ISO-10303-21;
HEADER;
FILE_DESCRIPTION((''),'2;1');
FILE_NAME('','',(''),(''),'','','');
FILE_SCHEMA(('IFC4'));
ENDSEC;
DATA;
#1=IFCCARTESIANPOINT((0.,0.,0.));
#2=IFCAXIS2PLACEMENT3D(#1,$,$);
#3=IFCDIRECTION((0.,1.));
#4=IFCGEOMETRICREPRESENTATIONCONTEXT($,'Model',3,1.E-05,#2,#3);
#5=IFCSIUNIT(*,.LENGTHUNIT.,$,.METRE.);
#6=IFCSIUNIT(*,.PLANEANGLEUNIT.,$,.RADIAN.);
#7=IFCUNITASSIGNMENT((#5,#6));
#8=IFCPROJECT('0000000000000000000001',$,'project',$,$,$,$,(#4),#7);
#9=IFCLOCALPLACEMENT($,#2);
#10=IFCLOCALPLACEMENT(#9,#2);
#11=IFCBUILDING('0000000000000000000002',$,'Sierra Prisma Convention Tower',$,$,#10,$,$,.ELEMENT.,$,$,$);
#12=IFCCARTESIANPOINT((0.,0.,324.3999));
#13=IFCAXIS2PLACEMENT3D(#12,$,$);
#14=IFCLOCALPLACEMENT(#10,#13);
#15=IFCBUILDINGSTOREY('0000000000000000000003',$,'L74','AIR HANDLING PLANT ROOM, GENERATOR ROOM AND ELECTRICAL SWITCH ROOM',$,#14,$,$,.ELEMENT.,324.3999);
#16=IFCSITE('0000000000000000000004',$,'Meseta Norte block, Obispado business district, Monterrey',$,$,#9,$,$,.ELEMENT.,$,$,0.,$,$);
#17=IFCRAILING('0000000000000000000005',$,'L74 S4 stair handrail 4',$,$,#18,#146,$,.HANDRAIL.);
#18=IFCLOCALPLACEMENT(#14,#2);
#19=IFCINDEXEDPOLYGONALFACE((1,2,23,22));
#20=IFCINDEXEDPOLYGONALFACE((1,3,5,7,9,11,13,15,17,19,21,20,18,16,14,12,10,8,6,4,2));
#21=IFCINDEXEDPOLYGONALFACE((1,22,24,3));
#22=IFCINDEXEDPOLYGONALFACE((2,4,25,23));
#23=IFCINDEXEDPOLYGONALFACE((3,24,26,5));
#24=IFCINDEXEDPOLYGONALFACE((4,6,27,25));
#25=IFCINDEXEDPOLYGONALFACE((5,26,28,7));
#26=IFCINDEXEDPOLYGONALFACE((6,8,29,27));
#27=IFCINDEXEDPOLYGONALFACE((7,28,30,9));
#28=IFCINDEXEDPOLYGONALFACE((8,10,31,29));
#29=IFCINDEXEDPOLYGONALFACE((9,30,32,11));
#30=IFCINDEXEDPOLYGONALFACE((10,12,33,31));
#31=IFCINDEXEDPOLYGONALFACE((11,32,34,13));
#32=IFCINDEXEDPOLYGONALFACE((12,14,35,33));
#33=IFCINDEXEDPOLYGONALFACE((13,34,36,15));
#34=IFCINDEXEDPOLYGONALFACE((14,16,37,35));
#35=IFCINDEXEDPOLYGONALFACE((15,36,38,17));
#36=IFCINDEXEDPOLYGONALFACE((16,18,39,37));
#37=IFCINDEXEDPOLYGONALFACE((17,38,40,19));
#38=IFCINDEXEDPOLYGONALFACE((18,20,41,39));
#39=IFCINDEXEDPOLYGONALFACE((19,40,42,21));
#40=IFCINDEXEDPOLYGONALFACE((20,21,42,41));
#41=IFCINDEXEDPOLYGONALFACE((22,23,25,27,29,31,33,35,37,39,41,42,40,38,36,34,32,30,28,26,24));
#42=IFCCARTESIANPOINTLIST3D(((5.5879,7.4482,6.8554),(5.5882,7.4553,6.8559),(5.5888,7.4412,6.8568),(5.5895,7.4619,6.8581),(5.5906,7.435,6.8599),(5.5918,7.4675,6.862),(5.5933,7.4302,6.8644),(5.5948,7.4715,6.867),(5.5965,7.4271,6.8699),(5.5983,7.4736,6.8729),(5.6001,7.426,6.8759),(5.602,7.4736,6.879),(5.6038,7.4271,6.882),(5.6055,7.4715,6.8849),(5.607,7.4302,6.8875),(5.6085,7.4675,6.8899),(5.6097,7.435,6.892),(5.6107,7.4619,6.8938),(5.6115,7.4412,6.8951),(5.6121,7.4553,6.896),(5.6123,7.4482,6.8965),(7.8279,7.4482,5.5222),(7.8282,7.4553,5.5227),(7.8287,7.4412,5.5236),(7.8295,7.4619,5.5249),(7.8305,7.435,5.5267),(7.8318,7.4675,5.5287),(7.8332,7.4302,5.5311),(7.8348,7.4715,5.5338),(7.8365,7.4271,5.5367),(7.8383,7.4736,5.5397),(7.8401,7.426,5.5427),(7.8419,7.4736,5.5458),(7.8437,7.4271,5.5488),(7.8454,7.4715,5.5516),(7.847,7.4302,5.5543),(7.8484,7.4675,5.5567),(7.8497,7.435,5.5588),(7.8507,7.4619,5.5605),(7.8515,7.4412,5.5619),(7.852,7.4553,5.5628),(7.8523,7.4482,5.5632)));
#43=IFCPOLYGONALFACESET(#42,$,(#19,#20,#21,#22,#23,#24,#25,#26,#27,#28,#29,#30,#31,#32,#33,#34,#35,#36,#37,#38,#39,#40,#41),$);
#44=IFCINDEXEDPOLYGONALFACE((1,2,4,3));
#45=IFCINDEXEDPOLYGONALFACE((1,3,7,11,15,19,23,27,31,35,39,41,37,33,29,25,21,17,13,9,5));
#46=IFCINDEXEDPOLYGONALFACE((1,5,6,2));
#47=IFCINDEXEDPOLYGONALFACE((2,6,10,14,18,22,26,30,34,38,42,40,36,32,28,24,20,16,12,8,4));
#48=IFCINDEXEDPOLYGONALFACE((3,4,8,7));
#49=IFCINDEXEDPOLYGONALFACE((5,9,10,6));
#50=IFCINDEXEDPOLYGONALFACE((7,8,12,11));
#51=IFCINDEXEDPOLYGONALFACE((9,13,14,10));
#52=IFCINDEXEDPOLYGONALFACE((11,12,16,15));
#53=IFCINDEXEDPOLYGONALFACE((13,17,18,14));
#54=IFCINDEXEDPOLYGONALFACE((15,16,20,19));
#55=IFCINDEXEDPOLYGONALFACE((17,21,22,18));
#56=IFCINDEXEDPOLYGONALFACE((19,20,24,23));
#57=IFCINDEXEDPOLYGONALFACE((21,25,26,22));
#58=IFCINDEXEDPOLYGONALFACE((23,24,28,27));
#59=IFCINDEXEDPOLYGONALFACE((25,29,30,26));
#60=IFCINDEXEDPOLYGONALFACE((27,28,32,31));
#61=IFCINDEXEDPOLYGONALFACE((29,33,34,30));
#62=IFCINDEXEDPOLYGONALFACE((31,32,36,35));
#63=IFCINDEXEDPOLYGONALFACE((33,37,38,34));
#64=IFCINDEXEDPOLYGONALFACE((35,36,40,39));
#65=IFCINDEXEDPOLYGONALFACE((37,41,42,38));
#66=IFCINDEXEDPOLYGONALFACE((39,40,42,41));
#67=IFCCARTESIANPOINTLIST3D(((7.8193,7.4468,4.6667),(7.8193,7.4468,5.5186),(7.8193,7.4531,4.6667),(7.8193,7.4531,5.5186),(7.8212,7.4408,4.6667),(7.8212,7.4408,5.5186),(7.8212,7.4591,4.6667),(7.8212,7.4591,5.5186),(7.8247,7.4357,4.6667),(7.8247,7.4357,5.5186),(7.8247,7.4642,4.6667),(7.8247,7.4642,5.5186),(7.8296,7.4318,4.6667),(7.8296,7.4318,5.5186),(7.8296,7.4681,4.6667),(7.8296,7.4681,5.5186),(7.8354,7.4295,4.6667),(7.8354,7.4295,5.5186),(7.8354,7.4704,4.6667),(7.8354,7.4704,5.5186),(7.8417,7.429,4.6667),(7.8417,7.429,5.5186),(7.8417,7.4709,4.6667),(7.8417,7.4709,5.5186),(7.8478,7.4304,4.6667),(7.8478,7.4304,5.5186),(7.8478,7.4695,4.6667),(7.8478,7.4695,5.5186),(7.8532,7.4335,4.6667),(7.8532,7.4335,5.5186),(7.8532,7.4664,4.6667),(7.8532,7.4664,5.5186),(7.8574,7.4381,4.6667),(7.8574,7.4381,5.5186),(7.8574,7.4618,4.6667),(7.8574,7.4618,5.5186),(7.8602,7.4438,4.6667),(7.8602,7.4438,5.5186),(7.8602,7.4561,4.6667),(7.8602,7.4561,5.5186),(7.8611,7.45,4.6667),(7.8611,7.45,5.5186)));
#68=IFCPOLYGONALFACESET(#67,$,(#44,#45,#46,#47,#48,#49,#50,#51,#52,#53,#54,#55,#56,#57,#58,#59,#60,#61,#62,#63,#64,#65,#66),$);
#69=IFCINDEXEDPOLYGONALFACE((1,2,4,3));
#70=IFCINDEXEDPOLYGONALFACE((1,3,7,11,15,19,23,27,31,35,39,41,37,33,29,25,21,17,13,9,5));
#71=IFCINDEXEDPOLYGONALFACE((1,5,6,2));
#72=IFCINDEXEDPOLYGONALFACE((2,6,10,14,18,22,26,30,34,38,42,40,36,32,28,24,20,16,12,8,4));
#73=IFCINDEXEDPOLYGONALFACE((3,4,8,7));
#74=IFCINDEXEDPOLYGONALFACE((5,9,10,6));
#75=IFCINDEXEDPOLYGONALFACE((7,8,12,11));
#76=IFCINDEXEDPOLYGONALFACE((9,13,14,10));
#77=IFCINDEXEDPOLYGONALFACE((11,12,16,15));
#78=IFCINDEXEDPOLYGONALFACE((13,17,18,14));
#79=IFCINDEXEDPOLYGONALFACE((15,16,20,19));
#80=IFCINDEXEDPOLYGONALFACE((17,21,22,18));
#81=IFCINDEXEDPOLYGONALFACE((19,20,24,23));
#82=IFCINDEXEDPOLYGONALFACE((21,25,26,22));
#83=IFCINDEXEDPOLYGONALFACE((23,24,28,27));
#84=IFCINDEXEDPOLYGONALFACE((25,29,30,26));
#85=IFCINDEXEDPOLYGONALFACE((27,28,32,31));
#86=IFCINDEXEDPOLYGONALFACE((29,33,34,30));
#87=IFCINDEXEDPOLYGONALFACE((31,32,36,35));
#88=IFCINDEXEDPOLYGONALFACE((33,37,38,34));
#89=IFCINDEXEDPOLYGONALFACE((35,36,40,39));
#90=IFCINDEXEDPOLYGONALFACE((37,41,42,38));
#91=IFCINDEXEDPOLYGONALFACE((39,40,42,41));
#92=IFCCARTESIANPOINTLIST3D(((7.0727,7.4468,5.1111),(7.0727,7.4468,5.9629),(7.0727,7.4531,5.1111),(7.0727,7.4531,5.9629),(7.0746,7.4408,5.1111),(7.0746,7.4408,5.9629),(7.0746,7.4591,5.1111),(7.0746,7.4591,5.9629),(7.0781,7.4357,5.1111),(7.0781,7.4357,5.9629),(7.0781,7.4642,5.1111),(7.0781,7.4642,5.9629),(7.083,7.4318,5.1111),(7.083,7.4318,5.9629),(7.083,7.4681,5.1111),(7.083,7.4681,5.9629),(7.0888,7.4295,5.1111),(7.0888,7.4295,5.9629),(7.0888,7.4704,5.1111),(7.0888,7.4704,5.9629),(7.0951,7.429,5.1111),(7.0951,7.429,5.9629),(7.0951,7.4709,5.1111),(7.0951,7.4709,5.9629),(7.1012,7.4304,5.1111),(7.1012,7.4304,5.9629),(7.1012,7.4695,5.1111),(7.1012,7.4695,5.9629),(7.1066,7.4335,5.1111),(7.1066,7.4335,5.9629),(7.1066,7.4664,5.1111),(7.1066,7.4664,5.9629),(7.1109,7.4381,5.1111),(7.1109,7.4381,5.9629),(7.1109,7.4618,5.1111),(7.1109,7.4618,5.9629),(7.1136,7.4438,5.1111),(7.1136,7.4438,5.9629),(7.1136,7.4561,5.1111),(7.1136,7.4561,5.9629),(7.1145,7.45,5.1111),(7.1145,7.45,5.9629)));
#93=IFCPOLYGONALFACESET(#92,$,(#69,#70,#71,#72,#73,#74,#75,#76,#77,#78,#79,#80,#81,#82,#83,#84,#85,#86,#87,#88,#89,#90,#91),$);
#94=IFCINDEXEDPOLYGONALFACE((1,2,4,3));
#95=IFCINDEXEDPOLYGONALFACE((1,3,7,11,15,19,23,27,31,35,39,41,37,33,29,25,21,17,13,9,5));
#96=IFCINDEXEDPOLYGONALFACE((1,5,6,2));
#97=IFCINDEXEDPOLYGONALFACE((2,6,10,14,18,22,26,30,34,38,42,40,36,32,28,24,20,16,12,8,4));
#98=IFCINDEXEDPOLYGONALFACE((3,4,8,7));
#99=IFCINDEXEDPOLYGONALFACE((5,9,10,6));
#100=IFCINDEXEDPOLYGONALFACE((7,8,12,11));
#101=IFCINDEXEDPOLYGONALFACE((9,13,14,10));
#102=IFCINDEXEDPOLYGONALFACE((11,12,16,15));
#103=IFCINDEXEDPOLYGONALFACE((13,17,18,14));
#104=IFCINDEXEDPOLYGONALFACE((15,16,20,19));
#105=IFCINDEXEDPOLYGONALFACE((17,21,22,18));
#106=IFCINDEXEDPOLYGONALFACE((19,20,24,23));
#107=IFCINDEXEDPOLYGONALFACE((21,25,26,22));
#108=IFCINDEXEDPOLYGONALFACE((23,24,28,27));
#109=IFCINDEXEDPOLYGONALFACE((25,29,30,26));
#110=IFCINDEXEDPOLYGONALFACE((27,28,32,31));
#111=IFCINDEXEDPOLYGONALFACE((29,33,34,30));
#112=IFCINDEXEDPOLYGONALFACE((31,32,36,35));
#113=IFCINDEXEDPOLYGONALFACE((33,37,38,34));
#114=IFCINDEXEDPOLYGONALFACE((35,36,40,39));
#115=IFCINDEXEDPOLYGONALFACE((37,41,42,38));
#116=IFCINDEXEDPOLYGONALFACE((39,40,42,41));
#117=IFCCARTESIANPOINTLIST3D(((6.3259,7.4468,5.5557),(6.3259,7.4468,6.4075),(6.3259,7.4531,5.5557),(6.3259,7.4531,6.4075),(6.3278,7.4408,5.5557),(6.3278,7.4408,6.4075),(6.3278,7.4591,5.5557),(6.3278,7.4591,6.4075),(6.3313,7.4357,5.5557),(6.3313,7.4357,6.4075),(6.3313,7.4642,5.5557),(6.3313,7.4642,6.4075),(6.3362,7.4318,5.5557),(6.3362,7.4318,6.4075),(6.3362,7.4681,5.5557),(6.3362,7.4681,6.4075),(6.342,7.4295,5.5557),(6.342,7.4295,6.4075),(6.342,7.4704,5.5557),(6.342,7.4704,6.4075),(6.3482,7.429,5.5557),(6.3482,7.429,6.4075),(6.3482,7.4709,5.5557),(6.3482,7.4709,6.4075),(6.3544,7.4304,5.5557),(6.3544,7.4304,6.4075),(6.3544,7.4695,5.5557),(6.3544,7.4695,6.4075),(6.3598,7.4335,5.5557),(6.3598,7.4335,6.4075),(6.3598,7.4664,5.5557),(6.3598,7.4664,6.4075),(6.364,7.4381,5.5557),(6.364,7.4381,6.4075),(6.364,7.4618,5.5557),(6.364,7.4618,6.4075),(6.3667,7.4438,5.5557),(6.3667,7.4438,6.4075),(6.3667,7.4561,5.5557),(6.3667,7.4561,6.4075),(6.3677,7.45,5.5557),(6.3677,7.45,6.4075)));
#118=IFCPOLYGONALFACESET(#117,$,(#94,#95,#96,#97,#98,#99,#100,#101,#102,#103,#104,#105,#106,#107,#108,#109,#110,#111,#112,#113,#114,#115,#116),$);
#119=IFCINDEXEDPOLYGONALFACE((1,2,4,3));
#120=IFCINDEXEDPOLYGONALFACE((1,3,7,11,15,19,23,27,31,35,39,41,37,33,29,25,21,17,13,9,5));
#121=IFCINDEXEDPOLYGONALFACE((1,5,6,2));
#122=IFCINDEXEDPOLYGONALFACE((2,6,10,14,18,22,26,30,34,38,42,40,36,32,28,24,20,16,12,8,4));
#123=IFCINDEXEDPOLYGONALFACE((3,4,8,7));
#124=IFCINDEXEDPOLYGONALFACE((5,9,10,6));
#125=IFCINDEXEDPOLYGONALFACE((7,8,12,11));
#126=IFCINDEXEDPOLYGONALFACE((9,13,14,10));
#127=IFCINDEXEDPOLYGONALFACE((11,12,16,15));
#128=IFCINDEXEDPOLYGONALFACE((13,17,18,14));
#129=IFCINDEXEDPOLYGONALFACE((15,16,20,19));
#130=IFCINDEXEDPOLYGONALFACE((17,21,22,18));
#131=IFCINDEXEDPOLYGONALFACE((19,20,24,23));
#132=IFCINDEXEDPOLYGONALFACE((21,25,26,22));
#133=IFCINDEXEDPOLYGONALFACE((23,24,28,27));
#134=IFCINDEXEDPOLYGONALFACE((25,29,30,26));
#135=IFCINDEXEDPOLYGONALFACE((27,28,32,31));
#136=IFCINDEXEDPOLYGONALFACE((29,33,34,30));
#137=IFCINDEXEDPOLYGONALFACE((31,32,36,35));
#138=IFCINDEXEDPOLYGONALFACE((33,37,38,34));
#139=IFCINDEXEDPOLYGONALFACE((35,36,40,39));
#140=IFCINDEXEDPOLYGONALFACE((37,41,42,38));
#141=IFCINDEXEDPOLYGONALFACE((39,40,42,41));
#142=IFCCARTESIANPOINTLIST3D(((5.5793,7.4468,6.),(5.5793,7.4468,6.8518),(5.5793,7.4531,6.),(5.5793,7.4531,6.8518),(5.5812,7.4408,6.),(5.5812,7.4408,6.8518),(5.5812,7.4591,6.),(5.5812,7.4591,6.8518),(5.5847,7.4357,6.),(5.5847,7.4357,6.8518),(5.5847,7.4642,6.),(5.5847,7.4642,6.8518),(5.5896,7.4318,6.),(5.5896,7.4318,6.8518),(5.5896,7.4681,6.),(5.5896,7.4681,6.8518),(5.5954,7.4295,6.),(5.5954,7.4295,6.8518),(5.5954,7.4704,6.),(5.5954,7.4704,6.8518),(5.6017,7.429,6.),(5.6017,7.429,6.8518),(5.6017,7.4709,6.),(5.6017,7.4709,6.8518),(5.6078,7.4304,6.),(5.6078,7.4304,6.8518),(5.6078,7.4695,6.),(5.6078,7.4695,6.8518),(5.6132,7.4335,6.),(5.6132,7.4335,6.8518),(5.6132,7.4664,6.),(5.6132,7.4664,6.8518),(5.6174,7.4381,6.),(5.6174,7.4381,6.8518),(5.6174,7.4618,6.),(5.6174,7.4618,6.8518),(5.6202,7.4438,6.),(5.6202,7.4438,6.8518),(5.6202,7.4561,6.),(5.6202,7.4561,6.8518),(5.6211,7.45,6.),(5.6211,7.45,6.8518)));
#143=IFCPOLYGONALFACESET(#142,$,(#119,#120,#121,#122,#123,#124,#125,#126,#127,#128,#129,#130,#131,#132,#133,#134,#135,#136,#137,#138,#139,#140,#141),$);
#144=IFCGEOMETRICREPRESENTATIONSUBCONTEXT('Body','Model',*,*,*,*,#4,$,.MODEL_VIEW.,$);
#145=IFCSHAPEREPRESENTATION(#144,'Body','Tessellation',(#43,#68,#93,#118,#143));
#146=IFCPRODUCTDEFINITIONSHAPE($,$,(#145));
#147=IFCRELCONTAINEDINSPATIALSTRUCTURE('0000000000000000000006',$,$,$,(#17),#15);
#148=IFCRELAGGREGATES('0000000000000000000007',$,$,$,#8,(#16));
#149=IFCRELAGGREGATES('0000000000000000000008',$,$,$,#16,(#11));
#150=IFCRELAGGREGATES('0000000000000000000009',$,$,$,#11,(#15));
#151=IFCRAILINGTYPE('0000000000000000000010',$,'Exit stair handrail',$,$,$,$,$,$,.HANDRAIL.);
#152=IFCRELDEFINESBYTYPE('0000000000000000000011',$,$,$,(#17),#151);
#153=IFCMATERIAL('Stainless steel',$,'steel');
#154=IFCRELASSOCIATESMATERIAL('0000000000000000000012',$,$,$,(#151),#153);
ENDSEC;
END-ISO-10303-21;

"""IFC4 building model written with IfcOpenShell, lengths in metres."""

from ifc_helpers import new_model, si_unit, direction, frame, origin, origin_2d, place, context, subcontext, project, spatial, circle, extrude, material, type_object, element, save


model = new_model("IFC4")

# Units and contexts
model_context = context("Model", 3, precision=1e-05, world=origin(), true_north=direction((0.0, 1.0)))
body_context = subcontext(model_context, "Body", "Model", "MODEL_VIEW")
ifc_project = project(units=[si_unit("LENGTHUNIT", "METRE"), si_unit("PLANEANGLEUNIT", "RADIAN")], contexts=[model_context])

# Site, building, storey
site_placement = place(None, origin())
site = spatial("IfcSite", under=ifc_project, at=site_placement, Name="Meseta Norte block, Obispado business district, Monterrey", CompositionType="ELEMENT", RefElevation=0.0)
building_placement = place(site_placement, origin())
building = spatial("IfcBuilding", under=site, at=building_placement, Name="Sierra Prisma Convention Tower", CompositionType="ELEMENT")
storey_placement = place(building_placement, frame((0.0, 0.0, 324.3999)))
storey = spatial("IfcBuildingStorey", under=building, at=storey_placement, Name="L74", Description="AIR HANDLING PLANT ROOM, GENERATOR ROOM AND ELECTRICAL SWITCH ROOM", CompositionType="ELEMENT", Elevation=324.3999)

# Railing
ifc_material_1 = material(Name="Stainless steel", Category="steel")
railing_type = type_object("IfcRailingType", Name="Exit stair handrail", PredefinedType="HANDRAIL", material=ifc_material_1)
for number, where, name in (
    (1, (7.8401, 7.45, 4.6667), "L74 S4 stair handrail 4"),
):
    element("IfcRailing", number, at=place(storey_placement, frame(where)), inside=storey, type_object=railing_type, Name=name, PredefinedType="HANDRAIL", context=body_context, shape_type="SweptSolid", body=[
        extrude(circle(Radius=0.0239, at=origin_2d()), frame((0.0, 0.0, 0.876), z_axis=(-0.859306, 0.0, 0.511462), x_axis=(0.0, -1.0, 0.0)), (0.0, 0.0, 1.0), 2.6067),
        extrude(circle(Radius=0.021, at=origin_2d()), origin(), (0.0, 0.0, 1.0), 0.8518),
        extrude(circle(Radius=0.021, at=origin_2d()), frame((-0.7466, 0.0, 0.4443)), (0.0, 0.0, 1.0), 0.8518),
        extrude(circle(Radius=0.021, at=origin_2d()), frame((-1.4934, 0.0, 0.8889)), (0.0, 0.0, 1.0), 0.8518),
        extrude(circle(Radius=0.021, at=origin_2d()), frame((-2.24, 0.0, 1.3333)), (0.0, 0.0, 1.0), 0.8518),
    ])

save(model, "model.ifc")
